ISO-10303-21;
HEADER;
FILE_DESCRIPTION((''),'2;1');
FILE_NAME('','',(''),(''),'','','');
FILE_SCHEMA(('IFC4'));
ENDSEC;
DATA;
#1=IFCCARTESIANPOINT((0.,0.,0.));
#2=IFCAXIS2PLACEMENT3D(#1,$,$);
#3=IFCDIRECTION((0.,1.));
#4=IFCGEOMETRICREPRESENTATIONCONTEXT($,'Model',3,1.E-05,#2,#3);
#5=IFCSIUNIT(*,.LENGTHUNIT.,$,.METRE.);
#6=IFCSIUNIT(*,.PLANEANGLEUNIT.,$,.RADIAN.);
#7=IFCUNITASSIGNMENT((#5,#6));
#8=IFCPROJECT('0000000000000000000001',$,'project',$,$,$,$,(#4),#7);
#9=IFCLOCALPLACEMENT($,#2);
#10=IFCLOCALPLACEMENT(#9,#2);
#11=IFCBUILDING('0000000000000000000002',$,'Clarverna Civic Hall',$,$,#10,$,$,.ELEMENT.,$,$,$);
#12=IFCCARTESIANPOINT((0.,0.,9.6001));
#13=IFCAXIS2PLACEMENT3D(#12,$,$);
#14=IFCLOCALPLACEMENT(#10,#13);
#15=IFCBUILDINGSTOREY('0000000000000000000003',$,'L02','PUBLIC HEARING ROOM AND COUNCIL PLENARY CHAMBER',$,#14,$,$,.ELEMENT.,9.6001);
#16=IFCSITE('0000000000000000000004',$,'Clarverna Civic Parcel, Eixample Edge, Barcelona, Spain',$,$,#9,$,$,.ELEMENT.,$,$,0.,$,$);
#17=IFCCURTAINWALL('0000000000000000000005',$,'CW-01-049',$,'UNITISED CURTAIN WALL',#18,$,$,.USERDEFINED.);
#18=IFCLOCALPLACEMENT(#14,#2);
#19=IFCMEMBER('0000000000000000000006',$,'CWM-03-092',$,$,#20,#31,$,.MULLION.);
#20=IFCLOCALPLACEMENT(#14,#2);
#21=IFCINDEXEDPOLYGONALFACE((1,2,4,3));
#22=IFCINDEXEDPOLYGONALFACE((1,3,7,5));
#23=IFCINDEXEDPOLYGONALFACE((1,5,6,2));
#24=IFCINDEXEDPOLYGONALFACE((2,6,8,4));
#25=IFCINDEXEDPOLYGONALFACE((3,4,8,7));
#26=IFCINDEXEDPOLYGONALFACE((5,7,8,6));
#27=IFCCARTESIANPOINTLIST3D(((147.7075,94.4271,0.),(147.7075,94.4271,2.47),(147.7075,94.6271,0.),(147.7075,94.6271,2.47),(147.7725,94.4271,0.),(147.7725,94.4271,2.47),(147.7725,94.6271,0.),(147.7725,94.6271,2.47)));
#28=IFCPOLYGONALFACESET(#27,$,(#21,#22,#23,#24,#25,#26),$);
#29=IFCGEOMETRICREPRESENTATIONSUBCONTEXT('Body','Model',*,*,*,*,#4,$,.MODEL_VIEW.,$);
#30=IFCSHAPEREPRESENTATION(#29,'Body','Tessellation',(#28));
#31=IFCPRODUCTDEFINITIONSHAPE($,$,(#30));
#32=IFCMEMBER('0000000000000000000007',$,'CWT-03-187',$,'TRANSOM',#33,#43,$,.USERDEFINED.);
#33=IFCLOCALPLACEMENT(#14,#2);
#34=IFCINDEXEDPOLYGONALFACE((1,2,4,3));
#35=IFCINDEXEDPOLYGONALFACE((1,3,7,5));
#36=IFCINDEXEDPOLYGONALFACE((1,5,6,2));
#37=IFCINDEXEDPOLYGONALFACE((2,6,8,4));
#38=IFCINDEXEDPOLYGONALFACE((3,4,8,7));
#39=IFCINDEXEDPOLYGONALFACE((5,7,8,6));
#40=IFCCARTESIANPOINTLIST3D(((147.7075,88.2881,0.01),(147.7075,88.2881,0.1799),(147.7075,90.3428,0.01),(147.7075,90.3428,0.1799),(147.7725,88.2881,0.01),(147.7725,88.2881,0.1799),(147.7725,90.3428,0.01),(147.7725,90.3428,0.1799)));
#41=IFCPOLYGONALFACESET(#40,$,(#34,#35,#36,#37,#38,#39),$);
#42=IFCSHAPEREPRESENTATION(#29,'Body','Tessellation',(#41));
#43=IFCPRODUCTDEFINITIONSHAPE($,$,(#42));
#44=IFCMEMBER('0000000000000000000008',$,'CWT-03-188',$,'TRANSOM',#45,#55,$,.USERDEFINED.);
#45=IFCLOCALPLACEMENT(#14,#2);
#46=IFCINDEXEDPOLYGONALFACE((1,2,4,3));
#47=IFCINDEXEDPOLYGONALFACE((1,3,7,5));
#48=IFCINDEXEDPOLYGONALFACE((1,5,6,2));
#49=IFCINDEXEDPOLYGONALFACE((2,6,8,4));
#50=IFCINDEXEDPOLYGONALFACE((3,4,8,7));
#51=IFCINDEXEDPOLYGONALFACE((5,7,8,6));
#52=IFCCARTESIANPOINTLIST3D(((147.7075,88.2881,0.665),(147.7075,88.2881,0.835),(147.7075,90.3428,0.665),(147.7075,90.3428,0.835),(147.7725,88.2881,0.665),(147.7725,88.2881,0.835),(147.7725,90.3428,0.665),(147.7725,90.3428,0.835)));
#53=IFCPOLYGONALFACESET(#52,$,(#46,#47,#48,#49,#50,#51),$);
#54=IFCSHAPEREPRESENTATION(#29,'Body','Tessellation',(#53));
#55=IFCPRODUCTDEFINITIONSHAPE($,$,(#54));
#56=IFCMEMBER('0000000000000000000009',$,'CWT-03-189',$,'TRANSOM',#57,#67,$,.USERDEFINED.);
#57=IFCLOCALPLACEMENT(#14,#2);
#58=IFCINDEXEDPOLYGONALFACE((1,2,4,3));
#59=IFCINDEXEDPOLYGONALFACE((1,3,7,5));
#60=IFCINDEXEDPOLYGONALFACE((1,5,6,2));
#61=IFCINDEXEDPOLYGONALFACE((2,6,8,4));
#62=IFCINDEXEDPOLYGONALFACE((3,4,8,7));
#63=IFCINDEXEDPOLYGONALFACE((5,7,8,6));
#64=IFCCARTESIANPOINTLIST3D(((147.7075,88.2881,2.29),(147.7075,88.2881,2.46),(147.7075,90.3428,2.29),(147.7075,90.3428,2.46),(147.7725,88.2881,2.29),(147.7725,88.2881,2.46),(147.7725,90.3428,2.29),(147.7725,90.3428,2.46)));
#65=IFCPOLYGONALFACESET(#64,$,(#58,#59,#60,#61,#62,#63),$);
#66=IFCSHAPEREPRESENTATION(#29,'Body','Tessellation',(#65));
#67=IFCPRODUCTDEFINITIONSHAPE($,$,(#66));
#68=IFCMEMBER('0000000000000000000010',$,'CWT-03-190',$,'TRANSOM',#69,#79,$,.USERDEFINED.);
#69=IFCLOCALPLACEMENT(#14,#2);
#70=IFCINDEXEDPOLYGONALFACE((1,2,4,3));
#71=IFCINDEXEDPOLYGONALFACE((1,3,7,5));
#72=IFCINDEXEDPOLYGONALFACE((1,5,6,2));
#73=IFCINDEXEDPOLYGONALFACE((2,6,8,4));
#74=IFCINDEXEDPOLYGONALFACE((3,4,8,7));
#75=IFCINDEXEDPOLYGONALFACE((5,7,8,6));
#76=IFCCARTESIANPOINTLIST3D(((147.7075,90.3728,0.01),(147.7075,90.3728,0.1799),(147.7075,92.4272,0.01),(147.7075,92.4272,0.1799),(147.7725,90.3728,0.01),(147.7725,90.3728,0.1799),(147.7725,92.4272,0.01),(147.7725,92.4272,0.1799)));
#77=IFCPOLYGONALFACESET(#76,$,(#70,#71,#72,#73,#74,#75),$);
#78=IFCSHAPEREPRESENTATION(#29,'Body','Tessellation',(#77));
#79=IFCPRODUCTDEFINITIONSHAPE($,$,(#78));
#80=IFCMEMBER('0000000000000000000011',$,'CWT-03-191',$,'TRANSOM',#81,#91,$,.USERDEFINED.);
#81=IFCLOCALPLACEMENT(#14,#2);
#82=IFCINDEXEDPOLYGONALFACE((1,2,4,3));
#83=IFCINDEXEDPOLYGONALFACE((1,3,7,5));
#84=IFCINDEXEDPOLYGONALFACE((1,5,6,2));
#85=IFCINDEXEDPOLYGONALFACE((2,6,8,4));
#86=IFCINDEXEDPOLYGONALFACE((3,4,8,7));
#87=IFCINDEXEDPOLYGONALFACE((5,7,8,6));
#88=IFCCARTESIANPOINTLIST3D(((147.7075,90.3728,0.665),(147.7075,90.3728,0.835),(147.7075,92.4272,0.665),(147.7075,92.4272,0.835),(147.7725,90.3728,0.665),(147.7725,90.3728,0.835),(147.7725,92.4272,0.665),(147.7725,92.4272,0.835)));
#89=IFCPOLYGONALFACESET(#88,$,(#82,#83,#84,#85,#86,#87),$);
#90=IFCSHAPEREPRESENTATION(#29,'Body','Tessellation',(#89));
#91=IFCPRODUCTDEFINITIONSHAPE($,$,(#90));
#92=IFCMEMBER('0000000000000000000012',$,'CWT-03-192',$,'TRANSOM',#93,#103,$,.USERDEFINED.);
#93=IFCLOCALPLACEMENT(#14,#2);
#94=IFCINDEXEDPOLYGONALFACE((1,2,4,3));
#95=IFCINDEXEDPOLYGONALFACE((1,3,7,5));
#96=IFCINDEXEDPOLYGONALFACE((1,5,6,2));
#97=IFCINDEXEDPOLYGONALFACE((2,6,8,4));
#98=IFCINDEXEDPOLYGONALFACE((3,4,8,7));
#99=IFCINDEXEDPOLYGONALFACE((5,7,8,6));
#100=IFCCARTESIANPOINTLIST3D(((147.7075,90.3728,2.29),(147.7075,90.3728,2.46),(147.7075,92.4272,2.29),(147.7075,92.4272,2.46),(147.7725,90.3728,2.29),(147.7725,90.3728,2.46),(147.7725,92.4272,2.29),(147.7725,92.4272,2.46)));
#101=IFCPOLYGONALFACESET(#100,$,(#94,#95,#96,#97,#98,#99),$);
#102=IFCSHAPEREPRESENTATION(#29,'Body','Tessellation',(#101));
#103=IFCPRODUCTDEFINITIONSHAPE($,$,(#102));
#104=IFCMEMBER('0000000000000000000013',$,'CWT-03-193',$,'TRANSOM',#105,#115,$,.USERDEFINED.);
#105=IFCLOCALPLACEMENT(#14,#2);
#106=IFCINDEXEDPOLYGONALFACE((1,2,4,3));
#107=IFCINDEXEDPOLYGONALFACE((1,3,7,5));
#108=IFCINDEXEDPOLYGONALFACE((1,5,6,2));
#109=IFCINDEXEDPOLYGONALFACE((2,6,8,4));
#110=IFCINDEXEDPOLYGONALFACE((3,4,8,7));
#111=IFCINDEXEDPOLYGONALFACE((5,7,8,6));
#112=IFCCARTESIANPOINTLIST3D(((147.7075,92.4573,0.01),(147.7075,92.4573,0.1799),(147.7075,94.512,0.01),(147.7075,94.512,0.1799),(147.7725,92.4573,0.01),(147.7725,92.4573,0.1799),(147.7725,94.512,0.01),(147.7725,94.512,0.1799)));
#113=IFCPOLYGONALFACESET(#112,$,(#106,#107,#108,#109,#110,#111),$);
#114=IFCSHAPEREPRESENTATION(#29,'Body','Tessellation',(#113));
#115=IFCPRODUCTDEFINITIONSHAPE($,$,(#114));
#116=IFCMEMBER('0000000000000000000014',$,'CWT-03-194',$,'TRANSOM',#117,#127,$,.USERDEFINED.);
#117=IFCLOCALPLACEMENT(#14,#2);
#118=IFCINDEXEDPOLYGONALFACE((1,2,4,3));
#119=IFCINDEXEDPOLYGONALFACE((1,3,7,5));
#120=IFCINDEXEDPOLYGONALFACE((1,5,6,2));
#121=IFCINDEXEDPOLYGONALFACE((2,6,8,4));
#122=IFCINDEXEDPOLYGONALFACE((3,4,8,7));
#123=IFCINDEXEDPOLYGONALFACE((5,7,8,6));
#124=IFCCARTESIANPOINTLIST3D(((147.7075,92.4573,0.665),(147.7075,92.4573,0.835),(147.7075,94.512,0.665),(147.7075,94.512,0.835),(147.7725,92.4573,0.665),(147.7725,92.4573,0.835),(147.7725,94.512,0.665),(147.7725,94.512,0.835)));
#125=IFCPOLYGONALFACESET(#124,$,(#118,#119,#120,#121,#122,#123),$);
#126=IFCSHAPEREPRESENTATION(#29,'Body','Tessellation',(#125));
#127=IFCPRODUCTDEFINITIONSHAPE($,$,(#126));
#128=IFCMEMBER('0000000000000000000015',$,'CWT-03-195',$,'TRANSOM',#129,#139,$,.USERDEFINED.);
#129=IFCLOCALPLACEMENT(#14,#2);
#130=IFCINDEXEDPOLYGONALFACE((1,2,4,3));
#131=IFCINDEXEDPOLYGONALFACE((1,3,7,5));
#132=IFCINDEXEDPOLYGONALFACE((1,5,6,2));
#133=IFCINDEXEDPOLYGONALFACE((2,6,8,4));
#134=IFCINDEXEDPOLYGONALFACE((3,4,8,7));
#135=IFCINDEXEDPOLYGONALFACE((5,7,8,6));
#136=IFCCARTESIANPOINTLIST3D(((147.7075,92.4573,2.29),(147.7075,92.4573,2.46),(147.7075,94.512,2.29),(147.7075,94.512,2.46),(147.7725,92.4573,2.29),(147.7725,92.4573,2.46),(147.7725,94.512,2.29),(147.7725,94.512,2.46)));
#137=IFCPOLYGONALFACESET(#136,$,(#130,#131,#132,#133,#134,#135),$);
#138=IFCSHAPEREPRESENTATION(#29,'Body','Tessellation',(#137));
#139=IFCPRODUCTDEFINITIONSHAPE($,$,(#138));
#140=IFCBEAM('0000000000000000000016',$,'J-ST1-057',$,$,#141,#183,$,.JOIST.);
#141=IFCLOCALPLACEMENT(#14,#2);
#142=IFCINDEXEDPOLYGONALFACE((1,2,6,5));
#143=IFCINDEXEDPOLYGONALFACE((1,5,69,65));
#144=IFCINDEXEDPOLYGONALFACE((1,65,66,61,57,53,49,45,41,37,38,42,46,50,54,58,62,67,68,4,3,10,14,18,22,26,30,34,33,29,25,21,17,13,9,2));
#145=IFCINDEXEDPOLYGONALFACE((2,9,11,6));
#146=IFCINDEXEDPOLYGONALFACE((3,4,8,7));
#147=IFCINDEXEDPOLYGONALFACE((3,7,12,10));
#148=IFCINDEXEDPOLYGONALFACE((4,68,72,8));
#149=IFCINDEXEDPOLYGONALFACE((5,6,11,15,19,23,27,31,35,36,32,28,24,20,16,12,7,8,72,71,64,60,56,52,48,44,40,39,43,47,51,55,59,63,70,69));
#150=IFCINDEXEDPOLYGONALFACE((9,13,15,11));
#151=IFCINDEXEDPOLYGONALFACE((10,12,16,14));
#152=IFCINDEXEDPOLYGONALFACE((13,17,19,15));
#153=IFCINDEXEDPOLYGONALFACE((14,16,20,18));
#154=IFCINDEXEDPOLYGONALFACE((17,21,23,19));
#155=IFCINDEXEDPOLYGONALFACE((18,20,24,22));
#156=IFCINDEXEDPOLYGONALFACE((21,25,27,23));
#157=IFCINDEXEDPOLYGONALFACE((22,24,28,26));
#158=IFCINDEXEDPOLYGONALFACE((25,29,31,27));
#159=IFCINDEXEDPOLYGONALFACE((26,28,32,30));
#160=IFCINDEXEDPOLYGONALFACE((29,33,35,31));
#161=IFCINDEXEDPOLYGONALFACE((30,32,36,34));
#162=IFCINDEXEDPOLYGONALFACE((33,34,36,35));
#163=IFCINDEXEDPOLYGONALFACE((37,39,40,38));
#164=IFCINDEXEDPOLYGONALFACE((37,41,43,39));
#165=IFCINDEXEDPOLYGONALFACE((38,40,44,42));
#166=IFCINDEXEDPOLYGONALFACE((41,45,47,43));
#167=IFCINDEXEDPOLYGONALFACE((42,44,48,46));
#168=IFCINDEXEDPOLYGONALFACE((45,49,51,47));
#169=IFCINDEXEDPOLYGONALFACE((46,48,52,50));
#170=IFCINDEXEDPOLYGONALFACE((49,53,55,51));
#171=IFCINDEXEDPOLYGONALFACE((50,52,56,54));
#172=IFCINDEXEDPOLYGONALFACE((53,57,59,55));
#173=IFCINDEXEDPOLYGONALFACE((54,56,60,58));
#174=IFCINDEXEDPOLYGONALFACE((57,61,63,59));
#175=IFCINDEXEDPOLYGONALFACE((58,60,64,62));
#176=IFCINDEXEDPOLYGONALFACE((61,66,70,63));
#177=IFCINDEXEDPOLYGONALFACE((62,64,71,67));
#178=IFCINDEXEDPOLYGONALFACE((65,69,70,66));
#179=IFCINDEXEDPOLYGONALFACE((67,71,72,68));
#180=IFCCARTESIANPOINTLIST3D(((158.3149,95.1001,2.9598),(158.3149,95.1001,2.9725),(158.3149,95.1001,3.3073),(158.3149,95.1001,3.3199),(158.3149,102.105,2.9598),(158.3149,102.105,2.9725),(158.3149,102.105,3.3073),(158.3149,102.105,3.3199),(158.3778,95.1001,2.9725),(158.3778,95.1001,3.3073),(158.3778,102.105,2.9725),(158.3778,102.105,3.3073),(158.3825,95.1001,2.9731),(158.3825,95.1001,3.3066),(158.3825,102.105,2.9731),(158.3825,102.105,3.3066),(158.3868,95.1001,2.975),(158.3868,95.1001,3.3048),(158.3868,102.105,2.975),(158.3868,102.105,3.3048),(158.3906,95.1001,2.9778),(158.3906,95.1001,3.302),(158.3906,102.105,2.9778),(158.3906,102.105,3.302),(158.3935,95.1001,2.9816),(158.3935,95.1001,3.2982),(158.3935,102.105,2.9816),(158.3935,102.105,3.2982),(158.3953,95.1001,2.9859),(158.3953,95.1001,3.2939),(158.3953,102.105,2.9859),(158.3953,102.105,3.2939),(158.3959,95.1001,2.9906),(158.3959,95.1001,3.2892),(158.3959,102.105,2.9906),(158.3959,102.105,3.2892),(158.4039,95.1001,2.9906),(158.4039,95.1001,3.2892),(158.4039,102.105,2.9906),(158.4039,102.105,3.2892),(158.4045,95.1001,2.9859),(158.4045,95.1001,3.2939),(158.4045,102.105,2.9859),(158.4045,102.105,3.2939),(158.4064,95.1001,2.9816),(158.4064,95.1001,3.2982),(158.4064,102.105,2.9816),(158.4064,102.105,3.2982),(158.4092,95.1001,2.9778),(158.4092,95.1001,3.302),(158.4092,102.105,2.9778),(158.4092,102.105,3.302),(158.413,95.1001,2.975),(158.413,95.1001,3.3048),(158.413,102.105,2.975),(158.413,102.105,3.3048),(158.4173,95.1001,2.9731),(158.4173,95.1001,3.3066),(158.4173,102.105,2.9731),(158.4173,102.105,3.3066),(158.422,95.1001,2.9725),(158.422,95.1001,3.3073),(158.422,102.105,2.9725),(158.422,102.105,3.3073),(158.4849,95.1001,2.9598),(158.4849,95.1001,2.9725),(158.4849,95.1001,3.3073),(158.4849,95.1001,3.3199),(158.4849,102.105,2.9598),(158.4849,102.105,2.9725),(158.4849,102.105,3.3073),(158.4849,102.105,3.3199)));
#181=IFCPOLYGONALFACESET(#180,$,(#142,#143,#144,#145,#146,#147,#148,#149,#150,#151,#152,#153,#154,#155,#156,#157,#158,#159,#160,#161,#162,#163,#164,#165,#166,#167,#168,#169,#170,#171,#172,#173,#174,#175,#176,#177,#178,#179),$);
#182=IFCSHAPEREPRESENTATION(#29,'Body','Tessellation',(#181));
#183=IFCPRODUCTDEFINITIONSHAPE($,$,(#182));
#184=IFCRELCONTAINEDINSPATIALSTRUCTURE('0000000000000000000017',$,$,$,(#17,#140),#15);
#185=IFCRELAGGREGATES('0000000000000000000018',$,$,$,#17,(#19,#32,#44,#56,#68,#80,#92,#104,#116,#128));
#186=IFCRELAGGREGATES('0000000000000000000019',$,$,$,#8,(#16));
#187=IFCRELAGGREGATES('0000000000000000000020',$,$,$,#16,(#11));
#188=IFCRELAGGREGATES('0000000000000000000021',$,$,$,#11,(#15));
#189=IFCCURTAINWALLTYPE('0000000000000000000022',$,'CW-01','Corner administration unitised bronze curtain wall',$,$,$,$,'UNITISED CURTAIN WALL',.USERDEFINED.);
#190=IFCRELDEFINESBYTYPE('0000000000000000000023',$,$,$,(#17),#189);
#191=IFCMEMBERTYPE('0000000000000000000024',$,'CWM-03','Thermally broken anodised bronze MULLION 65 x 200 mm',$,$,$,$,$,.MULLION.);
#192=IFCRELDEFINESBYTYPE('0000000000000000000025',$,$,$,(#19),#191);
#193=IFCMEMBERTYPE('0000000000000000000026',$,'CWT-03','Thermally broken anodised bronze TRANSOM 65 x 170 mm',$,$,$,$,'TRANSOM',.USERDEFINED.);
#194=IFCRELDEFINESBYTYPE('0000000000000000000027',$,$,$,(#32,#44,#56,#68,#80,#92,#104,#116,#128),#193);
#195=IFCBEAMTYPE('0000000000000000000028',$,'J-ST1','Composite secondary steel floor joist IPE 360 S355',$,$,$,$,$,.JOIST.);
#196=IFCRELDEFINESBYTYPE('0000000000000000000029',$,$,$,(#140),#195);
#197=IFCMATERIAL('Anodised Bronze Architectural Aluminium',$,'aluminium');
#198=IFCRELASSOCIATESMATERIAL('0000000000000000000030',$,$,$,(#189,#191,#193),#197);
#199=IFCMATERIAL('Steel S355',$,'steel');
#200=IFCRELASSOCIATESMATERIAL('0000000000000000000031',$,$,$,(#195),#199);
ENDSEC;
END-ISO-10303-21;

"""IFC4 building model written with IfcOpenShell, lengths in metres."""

from ifc_helpers import new_model, si_unit, direction, frame, origin, origin_2d, place, context, subcontext, project, spatial, rectangle, i_section, extrude, material, material_profile, profile_set, type_object, element, aggregate, save


model = new_model("IFC4")

# Units and contexts
model_context = context("Model", 3, precision=1e-05, world=origin(), true_north=direction((0.0, 1.0)))
body_context = subcontext(model_context, "Body", "Model", "MODEL_VIEW")
ifc_project = project(units=[si_unit("LENGTHUNIT", "METRE"), si_unit("PLANEANGLEUNIT", "RADIAN")], contexts=[model_context])

# Site, building, storey
site_placement = place(None, origin())
site = spatial("IfcSite", under=ifc_project, at=site_placement, Name="Clarverna Civic Parcel, Eixample Edge, Barcelona, Spain", CompositionType="ELEMENT", RefElevation=0.0)
building_placement = place(site_placement, origin())
building = spatial("IfcBuilding", under=site, at=building_placement, Name="Clarverna Civic Hall", CompositionType="ELEMENT")
storey_placement = place(building_placement, frame((0.0, 0.0, 9.6001)))
storey = spatial("IfcBuildingStorey", under=building, at=storey_placement, Name="L02", Description="PUBLIC HEARING ROOM AND COUNCIL PLENARY CHAMBER", CompositionType="ELEMENT", Elevation=9.6001)

# Shared definitions
ifc_material_1 = material(Name="Steel S355", Category="steel")

# Curtain wall, members
ifc_material_2 = material(Name="Anodised Bronze Architectural Aluminium", Category="aluminium")
curtain_wall_type = type_object("IfcCurtainWallType", Name="CW-01", Description="Corner administration unitised bronze curtain wall", ElementType="UNITISED CURTAIN WALL", PredefinedType="USERDEFINED", material=ifc_material_2)
curtain_wall_placement = place(storey_placement, origin())
curtain_wall = element("IfcCurtainWall", 1, at=curtain_wall_placement, inside=storey, type_object=curtain_wall_type, Name="CW-01-049", ObjectType="UNITISED CURTAIN WALL", PredefinedType="USERDEFINED")
ifc_material_profile_1 = material_profile(ifc_material_2, rectangle(XDim=0.0649, YDim=0.2, at=origin_2d()), Name="BRONZE 65x200")
ifc_profile_set_1 = profile_set([ifc_material_profile_1], Name="Anodised Bronze Architectural Aluminium")
member_type_1 = type_object("IfcMemberType", Name="CWM-03", Description="Thermally broken anodised bronze MULLION 65 x 200 mm", PredefinedType="MULLION", material=ifc_profile_set_1)
member_1_placement = place(storey_placement, frame((147.74, 94.5271, 0.0), z_axis=(0.0, 0.0, 1.0), x_axis=(1.0, 0.0, 0.0)))
member_1 = element("IfcMember", 2, at=member_1_placement, type_object=member_type_1, Name="CWM-03-092", PredefinedType="MULLION", context=body_context, shape_type="SweptSolid", body=[
    extrude(rectangle(XDim=0.0649, YDim=0.2, at=origin_2d()), origin(), (0.0, 0.0, 1.0), 2.47),
])
ifc_material_profile_2 = material_profile(ifc_material_2, rectangle(XDim=0.0649, YDim=0.1699, at=origin_2d()), Name="BRONZE 65x170")
ifc_profile_set_2 = profile_set([ifc_material_profile_2], Name="Anodised Bronze Architectural Aluminium")
member_type_2 = type_object("IfcMemberType", Name="CWT-03", Description="Thermally broken anodised bronze TRANSOM 65 x 170 mm", ElementType="TRANSOM", PredefinedType="USERDEFINED", material=ifc_profile_set_2)
member_2_placement = place(storey_placement, frame((147.74, 88.2881, 0.095), z_axis=(0.0, 1.0, 0.0), x_axis=(-1.0, 0.0, 0.0)))
member_2 = element("IfcMember", 3, at=member_2_placement, type_object=member_type_2, Name="CWT-03-187", ObjectType="TRANSOM", PredefinedType="USERDEFINED", context=body_context, shape_type="SweptSolid", body=[
    extrude(rectangle(XDim=0.0649, YDim=0.1699, at=origin_2d()), origin(), (0.0, 0.0, 1.0), 2.0547),
])
member_3_placement = place(storey_placement, frame((147.74, 88.2881, 0.75), z_axis=(0.0, 1.0, 0.0), x_axis=(-1.0, 0.0, 0.0)))
member_3 = element("IfcMember", 4, at=member_3_placement, type_object=member_type_2, Name="CWT-03-188", ObjectType="TRANSOM", PredefinedType="USERDEFINED", context=body_context, shape_type="SweptSolid", body=[
    extrude(rectangle(XDim=0.0649, YDim=0.1699, at=origin_2d()), origin(), (0.0, 0.0, 1.0), 2.0547),
])
member_4_placement = place(storey_placement, frame((147.74, 88.2881, 2.375), z_axis=(0.0, 1.0, 0.0), x_axis=(-1.0, 0.0, 0.0)))
member_4 = element("IfcMember", 5, at=member_4_placement, type_object=member_type_2, Name="CWT-03-189", ObjectType="TRANSOM", PredefinedType="USERDEFINED", context=body_context, shape_type="SweptSolid", body=[
    extrude(rectangle(XDim=0.0649, YDim=0.1699, at=origin_2d()), origin(), (0.0, 0.0, 1.0), 2.0547),
])
member_5_placement = place(storey_placement, frame((147.74, 90.3728, 0.095), z_axis=(0.0, 1.0, 0.0), x_axis=(-1.0, 0.0, 0.0)))
member_5 = element("IfcMember", 6, at=member_5_placement, type_object=member_type_2, Name="CWT-03-190", ObjectType="TRANSOM", PredefinedType="USERDEFINED", context=body_context, shape_type="SweptSolid", body=[
    extrude(rectangle(XDim=0.0649, YDim=0.1699, at=origin_2d()), origin(), (0.0, 0.0, 1.0), 2.0544),
])
member_6_placement = place(storey_placement, frame((147.74, 90.3728, 0.75), z_axis=(0.0, 1.0, 0.0), x_axis=(-1.0, 0.0, 0.0)))
member_6 = element("IfcMember", 7, at=member_6_placement, type_object=member_type_2, Name="CWT-03-191", ObjectType="TRANSOM", PredefinedType="USERDEFINED", context=body_context, shape_type="SweptSolid", body=[
    extrude(rectangle(XDim=0.0649, YDim=0.1699, at=origin_2d()), origin(), (0.0, 0.0, 1.0), 2.0544),
])
member_7_placement = place(storey_placement, frame((147.74, 90.3728, 2.375), z_axis=(0.0, 1.0, 0.0), x_axis=(-1.0, 0.0, 0.0)))
member_7 = element("IfcMember", 8, at=member_7_placement, type_object=member_type_2, Name="CWT-03-192", ObjectType="TRANSOM", PredefinedType="USERDEFINED", context=body_context, shape_type="SweptSolid", body=[
    extrude(rectangle(XDim=0.0649, YDim=0.1699, at=origin_2d()), origin(), (0.0, 0.0, 1.0), 2.0544),
])
member_8_placement = place(storey_placement, frame((147.74, 92.4573, 0.095), z_axis=(0.0, 1.0, 0.0), x_axis=(-1.0, 0.0, 0.0)))
member_8 = element("IfcMember", 9, at=member_8_placement, type_object=member_type_2, Name="CWT-03-193", ObjectType="TRANSOM", PredefinedType="USERDEFINED", context=body_context, shape_type="SweptSolid", body=[
    extrude(rectangle(XDim=0.0649, YDim=0.1699, at=origin_2d()), origin(), (0.0, 0.0, 1.0), 2.0547),
])
member_9_placement = place(storey_placement, frame((147.74, 92.4573, 0.75), z_axis=(0.0, 1.0, 0.0), x_axis=(-1.0, 0.0, 0.0)))
member_9 = element("IfcMember", 10, at=member_9_placement, type_object=member_type_2, Name="CWT-03-194", ObjectType="TRANSOM", PredefinedType="USERDEFINED", context=body_context, shape_type="SweptSolid", body=[
    extrude(rectangle(XDim=0.0649, YDim=0.1699, at=origin_2d()), origin(), (0.0, 0.0, 1.0), 2.0547),
])
member_10_placement = place(storey_placement, frame((147.74, 92.4573, 2.375), z_axis=(0.0, 1.0, 0.0), x_axis=(-1.0, 0.0, 0.0)))
member_10 = element("IfcMember", 11, at=member_10_placement, type_object=member_type_2, Name="CWT-03-195", ObjectType="TRANSOM", PredefinedType="USERDEFINED", context=body_context, shape_type="SweptSolid", body=[
    extrude(rectangle(XDim=0.0649, YDim=0.1699, at=origin_2d()), origin(), (0.0, 0.0, 1.0), 2.0547),
])

# Beam
ifc_material_profile_3 = material_profile(ifc_material_1, i_section(OverallWidth=0.1699, OverallDepth=0.3601, WebThickness=0.0081, FlangeThickness=0.0127, FilletRadius=0.0181, at=origin_2d()), Name="IPE 360")
ifc_profile_set_3 = profile_set([ifc_material_profile_3], Name="Steel S355")
beam_type_1 = type_object("IfcBeamType", Name="J-ST1", Description="Composite secondary steel floor joist IPE 360 S355", PredefinedType="JOIST", material=ifc_profile_set_3)
beam_1_placement = place(storey_placement, frame((158.3999, 95.1001, 3.1399), z_axis=(0.0, 1.0, 0.0), x_axis=(-1.0, 0.0, 0.0)))
element("IfcBeam", 12, at=beam_1_placement, inside=storey, type_object=beam_type_1, Name="J-ST1-057", PredefinedType="JOIST", context=body_context, shape_type="SweptSolid", body=[
    extrude(i_section(OverallWidth=0.1699, OverallDepth=0.3601, WebThickness=0.0081, FlangeThickness=0.0127, FilletRadius=0.0181, at=origin_2d()), origin(), (0.0, 0.0, 1.0), 7.0049),
])

aggregate(curtain_wall, [member_1, member_2, member_3, member_4, member_5, member_6, member_7, member_8, member_9, member_10])

save(model, "model.ifc")
